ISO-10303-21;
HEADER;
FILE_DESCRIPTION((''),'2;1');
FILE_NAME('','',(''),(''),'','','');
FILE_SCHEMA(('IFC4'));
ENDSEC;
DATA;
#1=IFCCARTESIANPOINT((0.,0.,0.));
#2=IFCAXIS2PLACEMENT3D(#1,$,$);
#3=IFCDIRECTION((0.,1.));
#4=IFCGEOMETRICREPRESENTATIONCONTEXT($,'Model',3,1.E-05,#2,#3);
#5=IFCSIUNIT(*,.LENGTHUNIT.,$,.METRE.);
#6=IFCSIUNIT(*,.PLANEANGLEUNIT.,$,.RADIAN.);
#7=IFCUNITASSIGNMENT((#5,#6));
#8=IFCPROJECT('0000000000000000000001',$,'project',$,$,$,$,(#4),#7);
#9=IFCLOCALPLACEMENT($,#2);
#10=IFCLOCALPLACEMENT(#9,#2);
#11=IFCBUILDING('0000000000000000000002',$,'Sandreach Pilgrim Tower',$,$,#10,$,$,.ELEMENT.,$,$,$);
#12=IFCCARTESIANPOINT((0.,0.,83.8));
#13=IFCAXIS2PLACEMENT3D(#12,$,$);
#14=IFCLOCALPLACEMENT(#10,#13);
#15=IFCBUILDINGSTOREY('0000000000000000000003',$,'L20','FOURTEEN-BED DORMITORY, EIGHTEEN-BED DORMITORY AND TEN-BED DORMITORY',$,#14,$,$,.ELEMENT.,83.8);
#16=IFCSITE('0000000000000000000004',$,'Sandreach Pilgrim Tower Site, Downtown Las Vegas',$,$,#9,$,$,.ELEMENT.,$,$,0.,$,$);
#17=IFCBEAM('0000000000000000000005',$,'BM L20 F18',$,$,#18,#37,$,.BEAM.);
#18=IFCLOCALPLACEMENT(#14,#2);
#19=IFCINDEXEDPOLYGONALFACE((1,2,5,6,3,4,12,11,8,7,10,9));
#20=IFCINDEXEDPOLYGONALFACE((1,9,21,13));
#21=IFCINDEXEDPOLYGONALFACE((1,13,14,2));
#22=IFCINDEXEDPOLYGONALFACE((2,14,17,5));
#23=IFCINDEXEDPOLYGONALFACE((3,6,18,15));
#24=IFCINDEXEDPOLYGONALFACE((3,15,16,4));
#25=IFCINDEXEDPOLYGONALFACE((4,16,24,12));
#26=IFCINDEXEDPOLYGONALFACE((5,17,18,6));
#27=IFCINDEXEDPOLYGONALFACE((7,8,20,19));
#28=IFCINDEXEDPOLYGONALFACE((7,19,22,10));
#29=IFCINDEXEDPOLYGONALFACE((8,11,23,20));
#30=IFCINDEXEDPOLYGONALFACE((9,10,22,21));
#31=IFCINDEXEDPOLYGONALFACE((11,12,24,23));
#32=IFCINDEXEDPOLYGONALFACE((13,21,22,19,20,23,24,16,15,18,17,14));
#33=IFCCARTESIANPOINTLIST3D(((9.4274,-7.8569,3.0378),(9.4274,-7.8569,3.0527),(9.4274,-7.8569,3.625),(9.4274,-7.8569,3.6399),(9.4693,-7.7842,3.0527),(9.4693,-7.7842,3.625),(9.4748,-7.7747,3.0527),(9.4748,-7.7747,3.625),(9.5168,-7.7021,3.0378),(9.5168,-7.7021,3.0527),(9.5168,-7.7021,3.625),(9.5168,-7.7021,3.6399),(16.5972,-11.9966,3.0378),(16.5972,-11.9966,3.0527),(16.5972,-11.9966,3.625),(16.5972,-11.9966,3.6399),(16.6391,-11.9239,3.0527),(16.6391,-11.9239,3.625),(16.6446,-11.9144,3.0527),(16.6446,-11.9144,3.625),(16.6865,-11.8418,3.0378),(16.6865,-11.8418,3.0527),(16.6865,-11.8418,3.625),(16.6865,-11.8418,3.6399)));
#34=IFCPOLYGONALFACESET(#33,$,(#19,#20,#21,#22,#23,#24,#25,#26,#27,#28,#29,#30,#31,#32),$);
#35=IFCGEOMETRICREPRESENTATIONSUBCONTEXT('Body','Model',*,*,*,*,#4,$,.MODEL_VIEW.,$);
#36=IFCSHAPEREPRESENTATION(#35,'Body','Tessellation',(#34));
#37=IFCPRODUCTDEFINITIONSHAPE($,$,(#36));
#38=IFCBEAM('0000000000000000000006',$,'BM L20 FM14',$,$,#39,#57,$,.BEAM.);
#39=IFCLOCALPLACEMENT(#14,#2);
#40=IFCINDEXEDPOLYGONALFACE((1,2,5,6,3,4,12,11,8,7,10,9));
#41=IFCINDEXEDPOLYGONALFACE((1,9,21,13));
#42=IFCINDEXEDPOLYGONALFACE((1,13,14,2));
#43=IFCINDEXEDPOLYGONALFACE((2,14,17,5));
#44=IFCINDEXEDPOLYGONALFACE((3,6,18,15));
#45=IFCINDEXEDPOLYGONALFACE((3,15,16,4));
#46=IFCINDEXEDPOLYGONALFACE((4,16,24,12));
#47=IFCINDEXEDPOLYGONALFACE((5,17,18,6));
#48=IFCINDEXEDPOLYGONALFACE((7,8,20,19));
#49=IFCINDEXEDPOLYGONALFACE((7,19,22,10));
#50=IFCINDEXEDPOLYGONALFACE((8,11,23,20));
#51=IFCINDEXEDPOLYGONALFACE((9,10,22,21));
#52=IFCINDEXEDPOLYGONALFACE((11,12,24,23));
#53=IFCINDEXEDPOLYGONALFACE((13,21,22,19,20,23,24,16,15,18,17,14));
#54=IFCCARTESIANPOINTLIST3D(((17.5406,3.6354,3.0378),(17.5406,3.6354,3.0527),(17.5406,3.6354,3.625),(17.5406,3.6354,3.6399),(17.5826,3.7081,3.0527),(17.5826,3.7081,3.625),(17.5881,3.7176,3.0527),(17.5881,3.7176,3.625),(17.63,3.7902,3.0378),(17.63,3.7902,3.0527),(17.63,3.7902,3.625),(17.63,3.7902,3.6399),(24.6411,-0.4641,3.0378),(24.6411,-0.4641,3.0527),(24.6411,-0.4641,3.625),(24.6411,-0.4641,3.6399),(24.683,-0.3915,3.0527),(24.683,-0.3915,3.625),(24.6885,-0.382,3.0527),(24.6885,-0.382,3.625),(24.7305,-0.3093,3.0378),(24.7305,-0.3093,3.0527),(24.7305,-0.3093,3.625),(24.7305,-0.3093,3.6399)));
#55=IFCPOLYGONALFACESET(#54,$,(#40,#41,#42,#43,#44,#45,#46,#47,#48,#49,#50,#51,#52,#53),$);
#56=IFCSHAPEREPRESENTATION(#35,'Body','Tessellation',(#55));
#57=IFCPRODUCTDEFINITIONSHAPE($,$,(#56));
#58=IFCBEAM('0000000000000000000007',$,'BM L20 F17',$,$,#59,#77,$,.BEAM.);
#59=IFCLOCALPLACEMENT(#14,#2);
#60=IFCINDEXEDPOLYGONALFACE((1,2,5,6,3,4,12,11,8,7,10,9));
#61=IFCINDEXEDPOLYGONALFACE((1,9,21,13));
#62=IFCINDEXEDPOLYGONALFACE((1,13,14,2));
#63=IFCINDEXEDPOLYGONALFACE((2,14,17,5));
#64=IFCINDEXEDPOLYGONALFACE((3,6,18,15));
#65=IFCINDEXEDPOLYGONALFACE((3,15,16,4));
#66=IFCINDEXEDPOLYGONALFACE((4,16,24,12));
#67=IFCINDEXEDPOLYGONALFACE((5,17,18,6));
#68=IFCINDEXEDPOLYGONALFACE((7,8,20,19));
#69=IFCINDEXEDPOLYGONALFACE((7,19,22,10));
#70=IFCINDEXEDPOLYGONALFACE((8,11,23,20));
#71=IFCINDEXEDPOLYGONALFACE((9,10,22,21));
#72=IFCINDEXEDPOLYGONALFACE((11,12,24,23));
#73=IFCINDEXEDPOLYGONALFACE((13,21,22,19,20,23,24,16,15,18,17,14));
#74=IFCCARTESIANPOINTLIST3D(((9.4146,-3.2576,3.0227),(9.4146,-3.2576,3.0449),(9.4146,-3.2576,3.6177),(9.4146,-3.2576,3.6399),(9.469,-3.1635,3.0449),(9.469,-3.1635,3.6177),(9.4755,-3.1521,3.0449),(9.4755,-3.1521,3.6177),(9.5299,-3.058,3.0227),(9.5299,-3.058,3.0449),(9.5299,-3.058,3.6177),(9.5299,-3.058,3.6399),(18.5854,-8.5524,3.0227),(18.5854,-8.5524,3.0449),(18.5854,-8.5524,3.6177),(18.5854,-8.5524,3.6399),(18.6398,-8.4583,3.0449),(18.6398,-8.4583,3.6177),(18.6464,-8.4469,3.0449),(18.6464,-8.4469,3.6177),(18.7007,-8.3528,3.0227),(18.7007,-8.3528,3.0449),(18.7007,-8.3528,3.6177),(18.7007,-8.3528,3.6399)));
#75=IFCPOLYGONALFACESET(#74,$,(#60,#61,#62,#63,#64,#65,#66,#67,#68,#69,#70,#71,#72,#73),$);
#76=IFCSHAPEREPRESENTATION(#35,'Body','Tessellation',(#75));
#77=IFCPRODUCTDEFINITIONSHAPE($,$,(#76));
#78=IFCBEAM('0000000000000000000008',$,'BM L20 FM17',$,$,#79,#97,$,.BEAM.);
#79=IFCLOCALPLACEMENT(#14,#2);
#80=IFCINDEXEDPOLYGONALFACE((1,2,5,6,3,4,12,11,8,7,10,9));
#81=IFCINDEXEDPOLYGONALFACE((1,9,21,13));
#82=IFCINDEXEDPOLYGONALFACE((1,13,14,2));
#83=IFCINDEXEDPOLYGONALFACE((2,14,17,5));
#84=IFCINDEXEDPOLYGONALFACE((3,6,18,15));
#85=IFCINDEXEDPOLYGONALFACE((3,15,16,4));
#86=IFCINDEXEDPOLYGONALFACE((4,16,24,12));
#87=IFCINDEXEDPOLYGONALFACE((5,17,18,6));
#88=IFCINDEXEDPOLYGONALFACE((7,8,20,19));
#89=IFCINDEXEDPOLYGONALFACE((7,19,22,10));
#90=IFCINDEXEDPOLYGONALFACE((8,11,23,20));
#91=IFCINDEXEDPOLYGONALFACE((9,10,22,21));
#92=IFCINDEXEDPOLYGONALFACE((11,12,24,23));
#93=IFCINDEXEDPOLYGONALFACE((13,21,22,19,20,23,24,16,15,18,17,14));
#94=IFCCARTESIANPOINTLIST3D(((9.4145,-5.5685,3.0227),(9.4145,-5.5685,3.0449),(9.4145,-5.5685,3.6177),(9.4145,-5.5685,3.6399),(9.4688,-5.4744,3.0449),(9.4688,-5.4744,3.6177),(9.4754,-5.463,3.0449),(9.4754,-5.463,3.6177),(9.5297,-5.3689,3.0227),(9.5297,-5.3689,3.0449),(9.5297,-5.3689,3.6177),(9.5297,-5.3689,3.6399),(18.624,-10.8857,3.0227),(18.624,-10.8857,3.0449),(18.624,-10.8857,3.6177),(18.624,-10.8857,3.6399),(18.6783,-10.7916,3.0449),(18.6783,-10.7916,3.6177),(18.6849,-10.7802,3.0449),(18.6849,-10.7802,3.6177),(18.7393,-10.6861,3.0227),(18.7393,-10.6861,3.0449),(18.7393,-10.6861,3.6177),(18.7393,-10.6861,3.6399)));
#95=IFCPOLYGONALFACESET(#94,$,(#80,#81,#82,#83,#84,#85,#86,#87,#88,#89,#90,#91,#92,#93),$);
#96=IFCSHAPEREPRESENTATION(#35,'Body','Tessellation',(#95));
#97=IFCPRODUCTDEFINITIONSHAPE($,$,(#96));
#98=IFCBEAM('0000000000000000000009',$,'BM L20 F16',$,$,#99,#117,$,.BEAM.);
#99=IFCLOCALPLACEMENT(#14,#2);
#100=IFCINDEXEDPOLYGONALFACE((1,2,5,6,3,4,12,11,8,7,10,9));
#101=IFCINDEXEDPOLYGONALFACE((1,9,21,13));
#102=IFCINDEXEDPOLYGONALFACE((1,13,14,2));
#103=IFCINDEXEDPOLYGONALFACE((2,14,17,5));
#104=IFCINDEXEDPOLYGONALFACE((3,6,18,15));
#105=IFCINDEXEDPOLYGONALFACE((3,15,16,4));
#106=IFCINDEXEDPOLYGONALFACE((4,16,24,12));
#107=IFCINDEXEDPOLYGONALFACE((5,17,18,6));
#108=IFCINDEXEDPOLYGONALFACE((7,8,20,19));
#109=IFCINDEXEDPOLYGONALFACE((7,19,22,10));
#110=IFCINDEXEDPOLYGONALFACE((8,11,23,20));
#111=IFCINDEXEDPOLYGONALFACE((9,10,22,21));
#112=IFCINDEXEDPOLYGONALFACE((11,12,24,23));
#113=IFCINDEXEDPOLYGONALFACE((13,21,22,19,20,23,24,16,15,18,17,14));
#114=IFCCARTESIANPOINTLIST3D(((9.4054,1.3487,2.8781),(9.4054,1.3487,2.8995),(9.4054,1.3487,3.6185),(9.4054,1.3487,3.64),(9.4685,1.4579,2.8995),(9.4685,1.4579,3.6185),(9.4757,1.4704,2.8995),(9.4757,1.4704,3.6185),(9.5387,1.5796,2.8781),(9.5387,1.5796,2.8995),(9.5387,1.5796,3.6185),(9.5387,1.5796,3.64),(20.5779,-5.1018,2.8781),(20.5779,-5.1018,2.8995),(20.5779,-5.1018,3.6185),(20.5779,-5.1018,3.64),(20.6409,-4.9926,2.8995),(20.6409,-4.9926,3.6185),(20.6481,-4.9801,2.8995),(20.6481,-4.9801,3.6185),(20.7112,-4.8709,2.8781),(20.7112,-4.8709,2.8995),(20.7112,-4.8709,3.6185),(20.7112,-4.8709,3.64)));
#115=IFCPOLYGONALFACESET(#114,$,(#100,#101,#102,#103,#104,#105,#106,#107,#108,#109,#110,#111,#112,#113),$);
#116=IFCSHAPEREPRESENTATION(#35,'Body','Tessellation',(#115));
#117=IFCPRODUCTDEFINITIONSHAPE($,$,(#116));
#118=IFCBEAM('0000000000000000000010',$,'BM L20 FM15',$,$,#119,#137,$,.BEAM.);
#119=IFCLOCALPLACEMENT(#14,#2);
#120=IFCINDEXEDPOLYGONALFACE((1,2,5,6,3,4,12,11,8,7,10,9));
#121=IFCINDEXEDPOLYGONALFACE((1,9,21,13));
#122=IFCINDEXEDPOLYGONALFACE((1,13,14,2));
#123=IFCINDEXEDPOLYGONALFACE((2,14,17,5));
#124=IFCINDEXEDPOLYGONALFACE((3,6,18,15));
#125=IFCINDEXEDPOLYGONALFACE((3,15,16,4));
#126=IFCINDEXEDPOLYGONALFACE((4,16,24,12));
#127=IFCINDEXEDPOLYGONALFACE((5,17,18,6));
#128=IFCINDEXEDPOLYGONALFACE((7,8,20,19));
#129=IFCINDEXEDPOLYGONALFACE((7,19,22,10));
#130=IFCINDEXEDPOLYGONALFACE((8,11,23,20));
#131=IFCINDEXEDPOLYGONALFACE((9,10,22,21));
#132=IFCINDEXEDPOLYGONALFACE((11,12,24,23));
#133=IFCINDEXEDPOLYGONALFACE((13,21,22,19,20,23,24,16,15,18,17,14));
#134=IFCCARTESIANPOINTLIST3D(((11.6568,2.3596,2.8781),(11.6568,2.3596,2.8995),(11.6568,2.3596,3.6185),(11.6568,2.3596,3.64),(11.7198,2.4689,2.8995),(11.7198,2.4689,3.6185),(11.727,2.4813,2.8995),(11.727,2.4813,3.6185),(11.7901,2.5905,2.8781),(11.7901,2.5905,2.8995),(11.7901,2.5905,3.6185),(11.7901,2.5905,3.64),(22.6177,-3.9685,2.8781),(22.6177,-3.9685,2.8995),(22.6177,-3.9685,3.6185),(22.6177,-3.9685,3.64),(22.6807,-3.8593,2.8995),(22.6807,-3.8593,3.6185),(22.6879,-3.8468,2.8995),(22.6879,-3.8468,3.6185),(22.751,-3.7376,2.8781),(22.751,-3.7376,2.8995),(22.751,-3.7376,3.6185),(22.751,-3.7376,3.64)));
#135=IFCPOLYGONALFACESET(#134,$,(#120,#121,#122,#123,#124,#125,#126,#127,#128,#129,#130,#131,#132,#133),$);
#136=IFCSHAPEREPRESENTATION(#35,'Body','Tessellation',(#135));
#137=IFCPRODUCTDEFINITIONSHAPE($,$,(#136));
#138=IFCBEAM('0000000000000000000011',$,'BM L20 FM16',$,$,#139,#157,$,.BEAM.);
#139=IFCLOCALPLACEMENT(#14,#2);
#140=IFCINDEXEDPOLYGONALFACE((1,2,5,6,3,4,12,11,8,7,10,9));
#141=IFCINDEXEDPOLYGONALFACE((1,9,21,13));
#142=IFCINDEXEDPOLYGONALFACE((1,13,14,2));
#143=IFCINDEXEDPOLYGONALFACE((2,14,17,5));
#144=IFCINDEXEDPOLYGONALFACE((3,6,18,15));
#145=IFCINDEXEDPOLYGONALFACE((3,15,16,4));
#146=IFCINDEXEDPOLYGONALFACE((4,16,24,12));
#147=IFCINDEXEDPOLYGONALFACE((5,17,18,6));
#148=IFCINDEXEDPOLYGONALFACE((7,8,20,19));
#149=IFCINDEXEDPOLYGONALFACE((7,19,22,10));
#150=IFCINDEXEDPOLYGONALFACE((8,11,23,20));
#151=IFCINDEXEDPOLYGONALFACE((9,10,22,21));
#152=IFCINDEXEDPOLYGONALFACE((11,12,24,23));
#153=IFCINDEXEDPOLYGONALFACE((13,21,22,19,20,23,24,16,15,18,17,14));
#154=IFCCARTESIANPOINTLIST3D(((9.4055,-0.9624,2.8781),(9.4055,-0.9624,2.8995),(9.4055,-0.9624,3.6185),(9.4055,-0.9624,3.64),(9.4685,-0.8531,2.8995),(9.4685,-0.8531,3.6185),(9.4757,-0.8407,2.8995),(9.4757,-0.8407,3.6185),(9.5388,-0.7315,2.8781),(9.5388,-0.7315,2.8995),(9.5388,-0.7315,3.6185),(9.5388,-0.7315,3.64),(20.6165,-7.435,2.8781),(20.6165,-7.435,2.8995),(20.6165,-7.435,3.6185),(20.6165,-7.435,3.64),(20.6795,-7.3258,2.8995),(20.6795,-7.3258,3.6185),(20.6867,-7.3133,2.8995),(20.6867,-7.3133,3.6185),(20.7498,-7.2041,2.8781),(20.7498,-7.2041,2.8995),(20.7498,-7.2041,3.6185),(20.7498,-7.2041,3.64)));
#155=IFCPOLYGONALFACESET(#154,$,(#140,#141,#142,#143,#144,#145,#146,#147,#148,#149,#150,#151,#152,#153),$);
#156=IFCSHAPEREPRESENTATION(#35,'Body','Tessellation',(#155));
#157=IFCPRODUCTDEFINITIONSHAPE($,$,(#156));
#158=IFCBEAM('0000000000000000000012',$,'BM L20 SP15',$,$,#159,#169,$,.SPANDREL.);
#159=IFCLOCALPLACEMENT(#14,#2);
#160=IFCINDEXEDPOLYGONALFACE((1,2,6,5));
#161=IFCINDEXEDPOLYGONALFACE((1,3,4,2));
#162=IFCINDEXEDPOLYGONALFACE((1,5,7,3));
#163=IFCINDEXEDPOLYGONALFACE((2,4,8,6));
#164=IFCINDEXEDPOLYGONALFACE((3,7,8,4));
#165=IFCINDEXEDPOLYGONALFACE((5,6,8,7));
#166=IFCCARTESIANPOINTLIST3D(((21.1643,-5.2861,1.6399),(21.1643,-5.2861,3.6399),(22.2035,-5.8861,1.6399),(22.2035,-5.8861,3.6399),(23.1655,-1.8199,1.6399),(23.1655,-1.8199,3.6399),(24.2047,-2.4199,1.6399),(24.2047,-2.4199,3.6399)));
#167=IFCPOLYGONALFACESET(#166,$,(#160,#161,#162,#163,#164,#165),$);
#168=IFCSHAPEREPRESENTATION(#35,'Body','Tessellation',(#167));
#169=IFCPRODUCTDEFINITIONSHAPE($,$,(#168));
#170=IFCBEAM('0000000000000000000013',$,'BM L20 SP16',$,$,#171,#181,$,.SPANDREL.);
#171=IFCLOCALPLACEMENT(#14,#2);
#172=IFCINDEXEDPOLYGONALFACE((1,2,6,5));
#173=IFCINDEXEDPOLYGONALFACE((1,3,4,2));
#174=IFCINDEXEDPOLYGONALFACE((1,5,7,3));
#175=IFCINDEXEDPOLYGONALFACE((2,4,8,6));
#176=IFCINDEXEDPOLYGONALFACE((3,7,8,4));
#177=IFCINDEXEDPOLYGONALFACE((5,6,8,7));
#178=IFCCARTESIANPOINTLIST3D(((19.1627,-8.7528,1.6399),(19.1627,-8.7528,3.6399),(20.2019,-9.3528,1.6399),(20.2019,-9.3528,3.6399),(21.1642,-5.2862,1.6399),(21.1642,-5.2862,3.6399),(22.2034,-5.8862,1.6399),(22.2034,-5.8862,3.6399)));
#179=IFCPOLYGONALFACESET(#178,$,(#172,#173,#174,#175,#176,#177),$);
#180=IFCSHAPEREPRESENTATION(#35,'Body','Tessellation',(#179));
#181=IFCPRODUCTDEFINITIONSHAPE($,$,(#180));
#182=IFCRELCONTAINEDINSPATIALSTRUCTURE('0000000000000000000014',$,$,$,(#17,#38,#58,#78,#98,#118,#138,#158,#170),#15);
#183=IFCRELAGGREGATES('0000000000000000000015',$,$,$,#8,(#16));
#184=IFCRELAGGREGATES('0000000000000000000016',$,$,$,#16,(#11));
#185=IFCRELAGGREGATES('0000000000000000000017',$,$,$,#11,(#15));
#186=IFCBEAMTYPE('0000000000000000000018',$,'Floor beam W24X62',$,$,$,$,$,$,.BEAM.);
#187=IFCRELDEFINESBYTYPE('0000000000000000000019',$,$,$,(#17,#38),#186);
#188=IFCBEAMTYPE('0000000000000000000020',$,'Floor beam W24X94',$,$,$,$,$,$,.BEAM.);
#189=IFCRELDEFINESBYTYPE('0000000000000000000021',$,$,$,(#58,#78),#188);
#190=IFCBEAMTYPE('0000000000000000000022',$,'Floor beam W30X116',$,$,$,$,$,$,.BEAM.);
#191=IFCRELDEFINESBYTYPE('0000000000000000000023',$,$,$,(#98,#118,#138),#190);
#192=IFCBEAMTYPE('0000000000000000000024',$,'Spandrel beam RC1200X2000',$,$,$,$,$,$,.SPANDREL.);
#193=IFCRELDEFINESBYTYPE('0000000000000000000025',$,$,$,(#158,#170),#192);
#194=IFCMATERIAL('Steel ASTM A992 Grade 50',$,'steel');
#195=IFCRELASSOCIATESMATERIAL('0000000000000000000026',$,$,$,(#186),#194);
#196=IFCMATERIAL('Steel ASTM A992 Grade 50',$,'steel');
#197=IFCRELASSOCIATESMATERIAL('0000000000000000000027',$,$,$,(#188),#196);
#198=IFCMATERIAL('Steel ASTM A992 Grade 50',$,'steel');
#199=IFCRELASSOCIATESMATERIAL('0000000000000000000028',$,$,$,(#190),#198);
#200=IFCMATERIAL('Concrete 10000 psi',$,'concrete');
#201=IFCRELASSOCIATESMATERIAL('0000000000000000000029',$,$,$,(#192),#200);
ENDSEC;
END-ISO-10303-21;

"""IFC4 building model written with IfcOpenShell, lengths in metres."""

from ifc_helpers import new_model, si_unit, direction, frame, origin, origin_2d, place, context, subcontext, project, spatial, rectangle, i_section, extrude, material, material_profile, profile_set, type_object, element, save


model = new_model("IFC4")

# Units and contexts
model_context = context("Model", 3, precision=1e-05, world=origin(), true_north=direction((0.0, 1.0)))
body_context = subcontext(model_context, "Body", "Model", "MODEL_VIEW")
ifc_project = project(units=[si_unit("LENGTHUNIT", "METRE"), si_unit("PLANEANGLEUNIT", "RADIAN")], contexts=[model_context])

# Site, building, storey
site_placement = place(None, origin())
site = spatial("IfcSite", under=ifc_project, at=site_placement, Name="Sandreach Pilgrim Tower Site, Downtown Las Vegas", CompositionType="ELEMENT", RefElevation=0.0)
building_placement = place(site_placement, origin())
building = spatial("IfcBuilding", under=site, at=building_placement, Name="Sandreach Pilgrim Tower", CompositionType="ELEMENT")
storey_placement = place(building_placement, frame((0.0, 0.0, 83.8)))
storey = spatial("IfcBuildingStorey", under=building, at=storey_placement, Name="L20", Description="FOURTEEN-BED DORMITORY, EIGHTEEN-BED DORMITORY AND TEN-BED DORMITORY", CompositionType="ELEMENT", Elevation=83.8)

# Beams
ifc_material_1 = material(Name="Steel ASTM A992 Grade 50", Category="steel")
ifc_material_profile_1 = material_profile(ifc_material_1, i_section(OverallWidth=0.1787, OverallDepth=0.6021, WebThickness=0.011, FlangeThickness=0.0149, at=origin_2d()), Name="W24X62")
ifc_profile_set_1 = profile_set([ifc_material_profile_1], Name="Steel ASTM A992 Grade 50")
beam_type_1 = type_object("IfcBeamType", Name="Floor beam W24X62", PredefinedType="BEAM", material=ifc_profile_set_1)
beam_1_placement = place(storey_placement, frame((16.6418, -11.9192, 3.3389), z_axis=(-0.866013, 0.500021, 0.0), x_axis=(-0.500021, -0.866013, 0.0)))
element("IfcBeam", 1, at=beam_1_placement, inside=storey, type_object=beam_type_1, Name="BM L20 F18", PredefinedType="BEAM", context=body_context, shape_type="SweptSolid", body=[
    extrude(i_section(OverallWidth=0.1787, OverallDepth=0.6021, WebThickness=0.011, FlangeThickness=0.0149, at=origin_2d()), origin(), (0.0, 0.0, 1.0), 8.2791),
])
beam_2_placement = place(storey_placement, frame((24.6858, -0.3867, 3.3389), z_axis=(-0.866021, 0.500008, 0.0), x_axis=(-0.500008, -0.866021, 0.0)))
element("IfcBeam", 2, at=beam_2_placement, inside=storey, type_object=beam_type_1, Name="BM L20 FM14", PredefinedType="BEAM", context=body_context, shape_type="SweptSolid", body=[
    extrude(i_section(OverallWidth=0.1787, OverallDepth=0.6021, WebThickness=0.011, FlangeThickness=0.0149, at=origin_2d()), origin(), (0.0, 0.0, 1.0), 8.199),
])
ifc_material_2 = material(Name="Steel ASTM A992 Grade 50", Category="steel")
ifc_material_profile_2 = material_profile(ifc_material_2, i_section(OverallWidth=0.2305, OverallDepth=0.6172, WebThickness=0.0132, FlangeThickness=0.0222, at=origin_2d()), Name="W24X94")
ifc_profile_set_2 = profile_set([ifc_material_profile_2], Name="Steel ASTM A992 Grade 50")
beam_type_2 = type_object("IfcBeamType", Name="Floor beam W24X94", PredefinedType="BEAM", material=ifc_profile_set_2)
beam_3_placement = place(storey_placement, frame((18.6431, -8.4526, 3.3313), z_axis=(-0.866021, 0.500007, 0.0), x_axis=(-0.500007, -0.866021, 0.0)))
element("IfcBeam", 3, at=beam_3_placement, inside=storey, type_object=beam_type_2, Name="BM L20 F17", PredefinedType="BEAM", context=body_context, shape_type="SweptSolid", body=[
    extrude(i_section(OverallWidth=0.2305, OverallDepth=0.6172, WebThickness=0.0132, FlangeThickness=0.0222, at=origin_2d()), origin(), (0.0, 0.0, 1.0), 10.5896),
])
beam_4_placement = place(storey_placement, frame((18.6816, -10.7859, 3.3313), z_axis=(-0.866023, 0.500003, 0.0), x_axis=(-0.500003, -0.866023, 0.0)))
element("IfcBeam", 4, at=beam_4_placement, inside=storey, type_object=beam_type_2, Name="BM L20 FM17", PredefinedType="BEAM", context=body_context, shape_type="SweptSolid", body=[
    extrude(i_section(OverallWidth=0.2305, OverallDepth=0.6172, WebThickness=0.0132, FlangeThickness=0.0222, at=origin_2d()), origin(), (0.0, 0.0, 1.0), 10.6343),
])
ifc_material_3 = material(Name="Steel ASTM A992 Grade 50", Category="steel")
ifc_material_profile_3 = material_profile(ifc_material_3, i_section(OverallWidth=0.2666, OverallDepth=0.762, WebThickness=0.0144, FlangeThickness=0.0215, at=origin_2d()), Name="W30X116")
ifc_profile_set_3 = profile_set([ifc_material_profile_3], Name="Steel ASTM A992 Grade 50")
beam_type_3 = type_object("IfcBeamType", Name="Floor beam W30X116", PredefinedType="BEAM", material=ifc_profile_set_3)
beam_5_placement = place(storey_placement, frame((20.6445, -4.9863, 3.259), z_axis=(-0.866023, 0.500004, 0.0), x_axis=(-0.500004, -0.866023, 0.0)))
element("IfcBeam", 5, at=beam_5_placement, inside=storey, type_object=beam_type_3, Name="BM L20 F16", PredefinedType="BEAM", context=body_context, shape_type="SweptSolid", body=[
    extrude(i_section(OverallWidth=0.2666, OverallDepth=0.762, WebThickness=0.0144, FlangeThickness=0.0215, at=origin_2d()), origin(), (0.0, 0.0, 1.0), 12.9009),
])
beam_6_placement = place(storey_placement, frame((22.6843, -3.853, 3.259), z_axis=(-0.866031, 0.49999, 0.0), x_axis=(-0.49999, -0.866031, 0.0)))
element("IfcBeam", 6, at=beam_6_placement, inside=storey, type_object=beam_type_3, Name="BM L20 FM15", PredefinedType="BEAM", context=body_context, shape_type="SweptSolid", body=[
    extrude(i_section(OverallWidth=0.2666, OverallDepth=0.762, WebThickness=0.0144, FlangeThickness=0.0215, at=origin_2d()), origin(), (0.0, 0.0, 1.0), 12.6565),
])
beam_7_placement = place(storey_placement, frame((20.6831, -7.3196, 3.259), z_axis=(-0.866025, 0.500001, 0.0), x_axis=(-0.500001, -0.866025, 0.0)))
element("IfcBeam", 7, at=beam_7_placement, inside=storey, type_object=beam_type_3, Name="BM L20 FM16", PredefinedType="BEAM", context=body_context, shape_type="SweptSolid", body=[
    extrude(i_section(OverallWidth=0.2666, OverallDepth=0.762, WebThickness=0.0144, FlangeThickness=0.0215, at=origin_2d()), origin(), (0.0, 0.0, 1.0), 12.9453),
])
ifc_material_4 = material(Name="Concrete 10000 psi", Category="concrete")
ifc_material_profile_4 = material_profile(ifc_material_4, rectangle(XDim=1.2, YDim=2.0, at=origin_2d()), Name="RC1200X2000")
ifc_profile_set_4 = profile_set([ifc_material_profile_4], Name="Concrete 10000 psi")
beam_type_4 = type_object("IfcBeamType", Name="Spandrel beam RC1200X2000", PredefinedType="SPANDREL", material=ifc_profile_set_4)
beam_8_placement = place(storey_placement, frame((23.6851, -2.1199, 2.6399), z_axis=(-0.49999, -0.866031, 0.0), x_axis=(0.866031, -0.49999, 0.0)))
element("IfcBeam", 8, at=beam_8_placement, inside=storey, type_object=beam_type_4, Name="BM L20 SP15", PredefinedType="SPANDREL", context=body_context, shape_type="SweptSolid", body=[
    extrude(rectangle(XDim=1.2, YDim=2.0, at=origin_2d()), origin(), (0.0, 0.0, 1.0), 4.0024),
])
beam_9_placement = place(storey_placement, frame((21.6838, -5.5862, 2.6399), z_axis=(-0.500009, -0.86602, 0.0), x_axis=(0.86602, -0.500009, 0.0)))
element("IfcBeam", 9, at=beam_9_placement, inside=storey, type_object=beam_type_4, Name="BM L20 SP16", PredefinedType="SPANDREL", context=body_context, shape_type="SweptSolid", body=[
    extrude(rectangle(XDim=1.2, YDim=2.0, at=origin_2d()), origin(), (0.0, 0.0, 1.0), 4.0029),
])

save(model, "model.ifc")
